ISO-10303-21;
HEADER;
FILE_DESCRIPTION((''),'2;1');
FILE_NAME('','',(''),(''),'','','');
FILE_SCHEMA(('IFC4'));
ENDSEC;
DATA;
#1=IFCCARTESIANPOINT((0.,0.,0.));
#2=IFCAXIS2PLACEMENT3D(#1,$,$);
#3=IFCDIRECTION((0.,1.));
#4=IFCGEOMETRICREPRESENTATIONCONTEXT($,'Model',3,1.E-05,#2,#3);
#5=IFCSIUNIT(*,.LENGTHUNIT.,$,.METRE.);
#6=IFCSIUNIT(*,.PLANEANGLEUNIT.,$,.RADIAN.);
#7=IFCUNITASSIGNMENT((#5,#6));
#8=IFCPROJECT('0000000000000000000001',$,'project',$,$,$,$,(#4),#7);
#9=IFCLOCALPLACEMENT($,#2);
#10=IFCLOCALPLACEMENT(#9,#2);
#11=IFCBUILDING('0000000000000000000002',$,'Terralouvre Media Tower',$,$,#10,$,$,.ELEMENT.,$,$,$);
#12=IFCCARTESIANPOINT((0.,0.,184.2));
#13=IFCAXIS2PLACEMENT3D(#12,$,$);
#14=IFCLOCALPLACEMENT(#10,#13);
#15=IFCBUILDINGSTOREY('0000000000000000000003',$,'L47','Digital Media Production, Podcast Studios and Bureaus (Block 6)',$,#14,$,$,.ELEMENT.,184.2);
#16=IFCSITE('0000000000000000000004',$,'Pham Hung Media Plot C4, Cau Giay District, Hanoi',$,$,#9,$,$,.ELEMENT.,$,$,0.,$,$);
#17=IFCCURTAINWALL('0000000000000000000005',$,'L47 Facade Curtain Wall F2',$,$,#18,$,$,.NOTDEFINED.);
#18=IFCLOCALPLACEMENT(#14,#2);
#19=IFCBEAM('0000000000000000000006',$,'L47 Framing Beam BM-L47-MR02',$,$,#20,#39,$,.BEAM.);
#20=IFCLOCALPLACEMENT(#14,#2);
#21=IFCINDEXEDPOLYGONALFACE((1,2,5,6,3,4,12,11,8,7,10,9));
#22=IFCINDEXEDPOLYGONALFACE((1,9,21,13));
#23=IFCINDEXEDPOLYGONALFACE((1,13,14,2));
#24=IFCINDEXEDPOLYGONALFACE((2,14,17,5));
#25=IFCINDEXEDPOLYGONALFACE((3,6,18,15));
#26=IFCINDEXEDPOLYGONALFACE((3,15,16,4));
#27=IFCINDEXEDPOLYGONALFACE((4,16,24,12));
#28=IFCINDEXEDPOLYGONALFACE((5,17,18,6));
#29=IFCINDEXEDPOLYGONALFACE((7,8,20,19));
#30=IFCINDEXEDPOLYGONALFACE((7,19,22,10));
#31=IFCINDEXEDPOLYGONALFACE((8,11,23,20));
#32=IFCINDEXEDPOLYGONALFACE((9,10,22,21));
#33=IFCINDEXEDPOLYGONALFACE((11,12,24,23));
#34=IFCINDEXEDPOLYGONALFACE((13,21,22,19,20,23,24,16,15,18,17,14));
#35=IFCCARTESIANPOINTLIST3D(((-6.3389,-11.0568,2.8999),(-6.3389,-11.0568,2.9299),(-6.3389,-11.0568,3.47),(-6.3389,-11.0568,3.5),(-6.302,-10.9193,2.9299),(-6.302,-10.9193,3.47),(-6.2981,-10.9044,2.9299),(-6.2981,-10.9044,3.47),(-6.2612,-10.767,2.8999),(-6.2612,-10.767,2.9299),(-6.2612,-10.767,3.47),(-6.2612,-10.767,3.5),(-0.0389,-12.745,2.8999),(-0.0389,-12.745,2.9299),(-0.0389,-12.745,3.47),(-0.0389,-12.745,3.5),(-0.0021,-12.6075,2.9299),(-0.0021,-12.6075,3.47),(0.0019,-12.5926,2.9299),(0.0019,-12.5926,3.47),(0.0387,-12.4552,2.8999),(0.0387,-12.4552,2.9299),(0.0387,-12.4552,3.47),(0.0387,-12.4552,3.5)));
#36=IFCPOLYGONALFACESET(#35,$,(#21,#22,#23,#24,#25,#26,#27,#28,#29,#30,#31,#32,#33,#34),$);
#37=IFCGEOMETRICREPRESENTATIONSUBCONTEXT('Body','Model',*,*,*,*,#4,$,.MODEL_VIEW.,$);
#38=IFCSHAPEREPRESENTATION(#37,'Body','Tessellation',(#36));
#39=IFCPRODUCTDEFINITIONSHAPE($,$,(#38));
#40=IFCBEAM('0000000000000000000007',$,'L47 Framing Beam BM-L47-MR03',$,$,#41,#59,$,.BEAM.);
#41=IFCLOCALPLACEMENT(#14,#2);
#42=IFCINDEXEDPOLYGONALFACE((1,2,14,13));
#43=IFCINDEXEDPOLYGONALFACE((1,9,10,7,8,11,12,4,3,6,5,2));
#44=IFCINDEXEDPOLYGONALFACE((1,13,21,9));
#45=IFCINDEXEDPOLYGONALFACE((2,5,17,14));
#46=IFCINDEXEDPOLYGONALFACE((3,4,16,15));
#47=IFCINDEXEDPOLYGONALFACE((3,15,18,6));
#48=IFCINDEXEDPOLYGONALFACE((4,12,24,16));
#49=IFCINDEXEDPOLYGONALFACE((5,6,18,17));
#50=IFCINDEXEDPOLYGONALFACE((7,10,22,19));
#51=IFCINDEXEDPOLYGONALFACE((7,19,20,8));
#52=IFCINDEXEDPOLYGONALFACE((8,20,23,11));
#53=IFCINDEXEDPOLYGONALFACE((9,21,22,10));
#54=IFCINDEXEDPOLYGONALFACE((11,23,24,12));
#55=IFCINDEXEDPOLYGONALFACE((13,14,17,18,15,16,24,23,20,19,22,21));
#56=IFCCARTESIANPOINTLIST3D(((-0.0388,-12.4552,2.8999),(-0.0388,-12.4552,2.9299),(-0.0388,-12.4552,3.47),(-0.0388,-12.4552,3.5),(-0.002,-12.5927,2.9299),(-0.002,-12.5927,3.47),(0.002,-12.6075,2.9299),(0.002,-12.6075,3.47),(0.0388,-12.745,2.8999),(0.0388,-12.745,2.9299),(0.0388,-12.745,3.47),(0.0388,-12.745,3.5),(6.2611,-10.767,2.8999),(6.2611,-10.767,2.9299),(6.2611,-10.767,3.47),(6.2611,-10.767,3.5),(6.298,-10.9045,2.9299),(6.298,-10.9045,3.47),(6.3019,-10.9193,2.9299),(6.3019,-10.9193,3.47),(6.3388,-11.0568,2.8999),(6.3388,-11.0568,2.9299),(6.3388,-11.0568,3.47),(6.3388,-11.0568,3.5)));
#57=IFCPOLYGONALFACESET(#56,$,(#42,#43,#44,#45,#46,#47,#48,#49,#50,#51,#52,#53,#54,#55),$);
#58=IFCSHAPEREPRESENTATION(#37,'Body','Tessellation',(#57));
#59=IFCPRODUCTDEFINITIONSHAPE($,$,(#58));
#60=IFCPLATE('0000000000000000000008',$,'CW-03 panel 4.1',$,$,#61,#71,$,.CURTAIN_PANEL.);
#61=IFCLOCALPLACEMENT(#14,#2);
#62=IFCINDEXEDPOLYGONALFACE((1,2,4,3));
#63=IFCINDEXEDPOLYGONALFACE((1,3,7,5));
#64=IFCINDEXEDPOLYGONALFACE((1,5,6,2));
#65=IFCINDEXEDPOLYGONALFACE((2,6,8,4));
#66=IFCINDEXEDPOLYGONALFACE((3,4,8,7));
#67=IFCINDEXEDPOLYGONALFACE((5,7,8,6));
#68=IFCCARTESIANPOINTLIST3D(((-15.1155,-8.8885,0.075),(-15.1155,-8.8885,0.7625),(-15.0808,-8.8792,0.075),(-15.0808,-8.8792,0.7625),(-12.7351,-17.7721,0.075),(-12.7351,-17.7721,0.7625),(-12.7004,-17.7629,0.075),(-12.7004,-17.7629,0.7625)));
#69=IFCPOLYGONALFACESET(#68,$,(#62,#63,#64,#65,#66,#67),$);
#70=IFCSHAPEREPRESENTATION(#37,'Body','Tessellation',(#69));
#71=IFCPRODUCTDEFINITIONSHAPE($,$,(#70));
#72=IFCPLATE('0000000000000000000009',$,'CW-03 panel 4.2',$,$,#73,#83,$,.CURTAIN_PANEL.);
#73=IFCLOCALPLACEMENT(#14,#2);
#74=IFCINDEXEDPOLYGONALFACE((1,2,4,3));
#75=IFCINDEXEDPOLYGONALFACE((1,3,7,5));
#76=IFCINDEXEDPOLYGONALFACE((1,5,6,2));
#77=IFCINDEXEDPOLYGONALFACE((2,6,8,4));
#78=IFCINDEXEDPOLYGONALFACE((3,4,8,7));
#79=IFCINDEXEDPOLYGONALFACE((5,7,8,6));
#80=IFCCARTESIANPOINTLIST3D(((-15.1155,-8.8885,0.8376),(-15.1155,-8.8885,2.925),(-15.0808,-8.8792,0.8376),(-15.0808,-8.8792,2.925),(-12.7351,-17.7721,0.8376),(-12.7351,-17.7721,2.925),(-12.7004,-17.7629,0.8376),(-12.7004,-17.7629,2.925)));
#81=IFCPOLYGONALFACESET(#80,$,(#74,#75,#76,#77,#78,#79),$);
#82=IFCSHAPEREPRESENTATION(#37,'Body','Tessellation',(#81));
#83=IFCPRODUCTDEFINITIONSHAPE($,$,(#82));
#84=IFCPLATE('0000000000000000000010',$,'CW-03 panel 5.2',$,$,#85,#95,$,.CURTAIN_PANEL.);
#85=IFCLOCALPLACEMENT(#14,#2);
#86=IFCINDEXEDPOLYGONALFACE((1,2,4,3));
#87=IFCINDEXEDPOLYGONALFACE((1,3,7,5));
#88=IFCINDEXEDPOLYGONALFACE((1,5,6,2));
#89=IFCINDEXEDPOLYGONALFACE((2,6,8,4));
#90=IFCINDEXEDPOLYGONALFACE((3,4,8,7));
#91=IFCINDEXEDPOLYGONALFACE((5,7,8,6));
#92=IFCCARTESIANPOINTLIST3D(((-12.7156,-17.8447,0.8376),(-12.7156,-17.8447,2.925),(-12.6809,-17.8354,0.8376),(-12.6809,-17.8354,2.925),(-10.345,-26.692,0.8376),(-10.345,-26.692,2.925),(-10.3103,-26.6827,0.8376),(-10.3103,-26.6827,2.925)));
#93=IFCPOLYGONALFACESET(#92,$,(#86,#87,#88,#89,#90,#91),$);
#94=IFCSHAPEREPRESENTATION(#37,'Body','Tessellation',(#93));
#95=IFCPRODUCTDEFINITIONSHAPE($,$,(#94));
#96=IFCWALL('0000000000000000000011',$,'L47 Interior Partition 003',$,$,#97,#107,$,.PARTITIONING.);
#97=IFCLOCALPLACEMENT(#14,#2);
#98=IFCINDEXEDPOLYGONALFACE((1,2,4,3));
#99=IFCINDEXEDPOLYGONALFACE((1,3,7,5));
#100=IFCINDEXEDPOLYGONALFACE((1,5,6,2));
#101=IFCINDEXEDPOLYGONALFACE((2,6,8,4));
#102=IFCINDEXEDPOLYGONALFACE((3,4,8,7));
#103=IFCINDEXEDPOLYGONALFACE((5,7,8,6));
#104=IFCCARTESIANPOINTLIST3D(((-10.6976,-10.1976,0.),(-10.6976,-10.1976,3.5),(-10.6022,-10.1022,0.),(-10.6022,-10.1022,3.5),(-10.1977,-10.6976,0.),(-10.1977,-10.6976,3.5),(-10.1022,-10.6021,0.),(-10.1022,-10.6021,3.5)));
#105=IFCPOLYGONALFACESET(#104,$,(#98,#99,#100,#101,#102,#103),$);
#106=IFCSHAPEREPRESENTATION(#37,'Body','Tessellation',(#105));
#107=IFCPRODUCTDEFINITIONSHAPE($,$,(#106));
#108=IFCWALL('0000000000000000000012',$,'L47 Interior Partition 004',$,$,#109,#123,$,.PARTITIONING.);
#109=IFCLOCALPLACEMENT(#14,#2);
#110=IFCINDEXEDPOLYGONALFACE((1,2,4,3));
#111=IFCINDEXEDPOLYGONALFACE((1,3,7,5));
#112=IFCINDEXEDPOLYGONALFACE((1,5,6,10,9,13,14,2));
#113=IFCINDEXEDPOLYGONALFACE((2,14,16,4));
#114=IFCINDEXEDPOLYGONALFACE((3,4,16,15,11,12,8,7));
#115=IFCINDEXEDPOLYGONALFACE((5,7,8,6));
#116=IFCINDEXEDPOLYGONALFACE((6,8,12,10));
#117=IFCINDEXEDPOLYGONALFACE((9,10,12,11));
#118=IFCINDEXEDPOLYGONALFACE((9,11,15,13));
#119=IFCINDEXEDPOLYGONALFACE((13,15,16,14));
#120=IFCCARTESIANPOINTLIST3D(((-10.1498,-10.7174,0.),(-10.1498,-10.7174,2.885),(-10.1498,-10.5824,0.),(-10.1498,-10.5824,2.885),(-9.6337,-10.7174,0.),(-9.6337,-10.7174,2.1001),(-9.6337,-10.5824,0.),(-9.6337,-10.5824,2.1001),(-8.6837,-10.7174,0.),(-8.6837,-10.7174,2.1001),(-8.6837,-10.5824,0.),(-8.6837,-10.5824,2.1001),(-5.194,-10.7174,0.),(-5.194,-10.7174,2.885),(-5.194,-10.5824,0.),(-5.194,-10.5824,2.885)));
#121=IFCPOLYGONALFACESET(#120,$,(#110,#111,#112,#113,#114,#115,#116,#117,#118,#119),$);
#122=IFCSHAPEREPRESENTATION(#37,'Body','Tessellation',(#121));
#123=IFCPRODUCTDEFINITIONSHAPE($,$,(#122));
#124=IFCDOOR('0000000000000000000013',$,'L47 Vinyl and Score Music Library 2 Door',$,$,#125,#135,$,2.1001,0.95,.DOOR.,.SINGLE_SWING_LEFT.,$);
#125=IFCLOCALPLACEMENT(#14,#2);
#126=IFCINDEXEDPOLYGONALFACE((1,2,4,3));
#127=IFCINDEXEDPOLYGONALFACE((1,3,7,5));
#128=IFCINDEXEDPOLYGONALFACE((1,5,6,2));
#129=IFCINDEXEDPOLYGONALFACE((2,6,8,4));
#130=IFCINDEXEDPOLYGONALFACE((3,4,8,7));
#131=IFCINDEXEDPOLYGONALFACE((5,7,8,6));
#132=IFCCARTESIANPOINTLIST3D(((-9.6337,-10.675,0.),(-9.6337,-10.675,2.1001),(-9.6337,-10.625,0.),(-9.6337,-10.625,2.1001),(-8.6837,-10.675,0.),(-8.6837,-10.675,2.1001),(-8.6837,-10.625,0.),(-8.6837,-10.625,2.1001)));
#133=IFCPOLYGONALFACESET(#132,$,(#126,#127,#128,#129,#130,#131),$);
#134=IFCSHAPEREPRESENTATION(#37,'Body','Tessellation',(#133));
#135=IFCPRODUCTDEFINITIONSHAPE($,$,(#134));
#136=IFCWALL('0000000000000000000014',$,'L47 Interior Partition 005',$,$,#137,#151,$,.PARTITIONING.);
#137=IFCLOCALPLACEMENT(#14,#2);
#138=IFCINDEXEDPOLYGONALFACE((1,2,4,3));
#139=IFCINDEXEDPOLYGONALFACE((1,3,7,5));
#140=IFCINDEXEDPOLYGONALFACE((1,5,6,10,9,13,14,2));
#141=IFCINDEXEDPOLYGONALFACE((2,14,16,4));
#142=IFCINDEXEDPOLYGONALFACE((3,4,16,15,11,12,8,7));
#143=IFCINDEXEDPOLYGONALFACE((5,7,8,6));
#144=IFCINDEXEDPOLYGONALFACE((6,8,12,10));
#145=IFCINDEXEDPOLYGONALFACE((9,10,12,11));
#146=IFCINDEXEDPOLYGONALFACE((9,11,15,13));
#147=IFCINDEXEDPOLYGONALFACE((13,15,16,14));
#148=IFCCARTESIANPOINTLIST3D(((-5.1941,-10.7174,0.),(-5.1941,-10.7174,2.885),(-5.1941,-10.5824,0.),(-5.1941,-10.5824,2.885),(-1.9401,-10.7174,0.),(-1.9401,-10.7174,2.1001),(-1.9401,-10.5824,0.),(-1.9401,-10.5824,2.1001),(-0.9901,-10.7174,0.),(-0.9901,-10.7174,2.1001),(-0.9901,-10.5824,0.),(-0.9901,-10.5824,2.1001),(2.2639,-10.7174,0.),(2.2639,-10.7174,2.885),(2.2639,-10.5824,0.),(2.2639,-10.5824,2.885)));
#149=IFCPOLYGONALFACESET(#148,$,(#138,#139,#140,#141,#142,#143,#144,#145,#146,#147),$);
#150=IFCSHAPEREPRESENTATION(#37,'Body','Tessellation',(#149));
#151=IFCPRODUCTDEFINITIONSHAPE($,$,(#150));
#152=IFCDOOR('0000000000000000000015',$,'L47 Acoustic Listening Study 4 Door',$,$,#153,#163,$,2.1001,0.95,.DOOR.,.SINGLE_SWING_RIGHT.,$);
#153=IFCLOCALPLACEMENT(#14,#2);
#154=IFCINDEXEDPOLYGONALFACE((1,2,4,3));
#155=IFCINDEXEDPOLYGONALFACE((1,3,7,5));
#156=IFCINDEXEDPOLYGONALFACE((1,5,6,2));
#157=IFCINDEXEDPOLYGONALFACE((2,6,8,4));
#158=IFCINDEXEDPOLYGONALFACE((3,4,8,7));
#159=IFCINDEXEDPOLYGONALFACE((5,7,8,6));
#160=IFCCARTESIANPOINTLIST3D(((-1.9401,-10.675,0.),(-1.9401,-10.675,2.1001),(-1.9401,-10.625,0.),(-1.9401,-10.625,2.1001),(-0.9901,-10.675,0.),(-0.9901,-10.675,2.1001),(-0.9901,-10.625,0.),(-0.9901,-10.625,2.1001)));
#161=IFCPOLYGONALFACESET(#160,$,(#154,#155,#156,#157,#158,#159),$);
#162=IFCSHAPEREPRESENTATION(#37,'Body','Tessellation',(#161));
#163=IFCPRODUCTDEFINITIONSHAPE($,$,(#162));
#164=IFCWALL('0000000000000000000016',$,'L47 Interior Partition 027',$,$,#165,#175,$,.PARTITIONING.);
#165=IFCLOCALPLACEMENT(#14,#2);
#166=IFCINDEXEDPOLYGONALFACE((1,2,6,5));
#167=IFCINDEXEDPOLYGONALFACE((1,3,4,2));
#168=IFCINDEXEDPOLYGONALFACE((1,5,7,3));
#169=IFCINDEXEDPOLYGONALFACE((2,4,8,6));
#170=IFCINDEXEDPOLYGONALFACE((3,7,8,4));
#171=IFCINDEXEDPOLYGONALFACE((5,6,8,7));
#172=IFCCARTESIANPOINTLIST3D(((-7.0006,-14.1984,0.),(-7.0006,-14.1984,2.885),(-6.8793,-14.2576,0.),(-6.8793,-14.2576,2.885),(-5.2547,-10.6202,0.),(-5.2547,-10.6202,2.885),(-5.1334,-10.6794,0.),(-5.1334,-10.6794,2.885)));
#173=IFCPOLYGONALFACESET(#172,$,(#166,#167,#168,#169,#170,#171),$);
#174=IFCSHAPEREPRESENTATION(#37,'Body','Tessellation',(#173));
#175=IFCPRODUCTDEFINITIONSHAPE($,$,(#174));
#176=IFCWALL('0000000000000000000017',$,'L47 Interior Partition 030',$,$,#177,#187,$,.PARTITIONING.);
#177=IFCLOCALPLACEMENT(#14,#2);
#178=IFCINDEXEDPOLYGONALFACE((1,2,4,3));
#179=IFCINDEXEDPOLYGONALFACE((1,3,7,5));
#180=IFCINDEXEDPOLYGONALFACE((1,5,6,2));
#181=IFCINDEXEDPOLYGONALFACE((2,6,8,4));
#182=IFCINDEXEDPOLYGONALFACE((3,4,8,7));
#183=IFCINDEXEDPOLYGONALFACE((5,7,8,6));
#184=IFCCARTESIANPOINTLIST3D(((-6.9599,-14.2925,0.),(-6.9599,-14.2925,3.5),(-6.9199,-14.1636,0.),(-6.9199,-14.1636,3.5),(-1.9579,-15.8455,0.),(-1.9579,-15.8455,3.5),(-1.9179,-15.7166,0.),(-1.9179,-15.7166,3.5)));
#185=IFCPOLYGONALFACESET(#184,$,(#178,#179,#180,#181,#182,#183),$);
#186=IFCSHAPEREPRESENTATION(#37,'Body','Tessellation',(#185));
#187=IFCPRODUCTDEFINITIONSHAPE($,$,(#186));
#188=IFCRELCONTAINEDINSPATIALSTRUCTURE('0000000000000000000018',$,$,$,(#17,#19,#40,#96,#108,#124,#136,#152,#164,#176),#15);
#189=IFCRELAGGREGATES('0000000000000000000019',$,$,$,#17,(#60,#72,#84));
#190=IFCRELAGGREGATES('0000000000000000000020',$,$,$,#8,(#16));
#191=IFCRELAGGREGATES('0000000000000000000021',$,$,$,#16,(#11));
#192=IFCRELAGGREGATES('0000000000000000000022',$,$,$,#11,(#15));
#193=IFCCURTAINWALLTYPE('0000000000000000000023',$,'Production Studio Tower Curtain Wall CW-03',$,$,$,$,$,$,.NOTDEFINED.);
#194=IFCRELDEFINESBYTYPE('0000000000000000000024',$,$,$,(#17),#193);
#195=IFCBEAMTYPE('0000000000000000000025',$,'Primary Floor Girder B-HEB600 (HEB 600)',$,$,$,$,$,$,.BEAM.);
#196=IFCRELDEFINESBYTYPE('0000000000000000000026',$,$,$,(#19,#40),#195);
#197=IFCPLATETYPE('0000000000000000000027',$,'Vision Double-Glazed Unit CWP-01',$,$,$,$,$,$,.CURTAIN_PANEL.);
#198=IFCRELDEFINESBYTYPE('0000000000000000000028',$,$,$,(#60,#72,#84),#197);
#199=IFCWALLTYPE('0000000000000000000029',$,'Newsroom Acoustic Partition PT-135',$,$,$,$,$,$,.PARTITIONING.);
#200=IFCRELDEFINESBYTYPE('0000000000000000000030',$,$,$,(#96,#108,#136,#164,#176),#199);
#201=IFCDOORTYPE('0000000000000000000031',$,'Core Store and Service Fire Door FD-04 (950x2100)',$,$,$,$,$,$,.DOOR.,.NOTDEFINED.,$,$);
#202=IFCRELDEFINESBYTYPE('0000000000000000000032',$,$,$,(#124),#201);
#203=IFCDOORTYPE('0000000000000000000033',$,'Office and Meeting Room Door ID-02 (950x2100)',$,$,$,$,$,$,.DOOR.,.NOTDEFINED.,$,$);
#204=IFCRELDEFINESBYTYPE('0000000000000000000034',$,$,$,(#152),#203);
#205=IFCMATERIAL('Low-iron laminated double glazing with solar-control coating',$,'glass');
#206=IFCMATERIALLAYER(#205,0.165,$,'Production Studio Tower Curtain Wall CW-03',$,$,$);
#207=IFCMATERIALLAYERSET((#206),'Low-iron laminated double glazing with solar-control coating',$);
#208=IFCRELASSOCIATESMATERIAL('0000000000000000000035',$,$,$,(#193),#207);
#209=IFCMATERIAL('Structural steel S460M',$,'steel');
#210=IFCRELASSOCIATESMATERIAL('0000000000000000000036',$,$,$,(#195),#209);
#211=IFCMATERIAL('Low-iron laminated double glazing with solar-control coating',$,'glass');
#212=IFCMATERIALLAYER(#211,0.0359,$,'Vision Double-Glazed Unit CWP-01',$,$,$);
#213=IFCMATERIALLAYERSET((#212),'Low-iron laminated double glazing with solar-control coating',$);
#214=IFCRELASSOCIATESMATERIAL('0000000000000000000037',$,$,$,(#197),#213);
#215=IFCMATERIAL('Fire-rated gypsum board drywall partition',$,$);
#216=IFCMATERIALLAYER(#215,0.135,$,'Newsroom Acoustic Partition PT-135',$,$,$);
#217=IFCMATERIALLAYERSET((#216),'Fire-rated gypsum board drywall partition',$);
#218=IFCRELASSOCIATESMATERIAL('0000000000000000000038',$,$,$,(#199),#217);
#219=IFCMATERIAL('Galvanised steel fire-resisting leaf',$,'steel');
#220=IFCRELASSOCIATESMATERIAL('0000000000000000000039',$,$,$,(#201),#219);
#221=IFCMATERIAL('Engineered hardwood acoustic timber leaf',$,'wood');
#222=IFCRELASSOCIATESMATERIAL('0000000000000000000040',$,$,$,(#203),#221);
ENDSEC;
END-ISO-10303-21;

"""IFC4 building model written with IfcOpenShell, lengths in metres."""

from ifc_helpers import new_model, si_unit, direction, frame, frame_2d, origin, origin_2d, place, context, subcontext, project, spatial, rectangle, i_section, extrude, material, layer, layer_set, material_profile, profile_set, type_object, element, fill, aggregate, save


model = new_model("IFC4")

# Units and contexts
model_context = context("Model", 3, precision=1e-05, world=origin(), true_north=direction((0.0, 1.0)))
body_context = subcontext(model_context, "Body", "Model", "MODEL_VIEW")
ifc_project = project(units=[si_unit("LENGTHUNIT", "METRE"), si_unit("PLANEANGLEUNIT", "RADIAN")], contexts=[model_context])

# Site, building, storey
site_placement = place(None, origin())
site = spatial("IfcSite", under=ifc_project, at=site_placement, Name="Pham Hung Media Plot C4, Cau Giay District, Hanoi", CompositionType="ELEMENT", RefElevation=0.0)
building_placement = place(site_placement, origin())
building = spatial("IfcBuilding", under=site, at=building_placement, Name="Terralouvre Media Tower", CompositionType="ELEMENT")
storey_placement = place(building_placement, frame((0.0, 0.0, 184.2)))
storey = spatial("IfcBuildingStorey", under=building, at=storey_placement, Name="L47", Description="Digital Media Production, Podcast Studios and Bureaus (Block 6)", CompositionType="ELEMENT", Elevation=184.2)

# Curtain wall
ifc_material_1 = material(Name="Low-iron laminated double glazing with solar-control coating", Category="glass")
ifc_layer_1 = layer(ifc_material_1, 0.165, Name="Production Studio Tower Curtain Wall CW-03")
ifc_layer_set_1 = layer_set([ifc_layer_1], Name="Low-iron laminated double glazing with solar-control coating")
curtain_wall_type = type_object("IfcCurtainWallType", Name="Production Studio Tower Curtain Wall CW-03", PredefinedType="NOTDEFINED", material=ifc_layer_set_1)
curtain_wall_placement = place(storey_placement, origin())
curtain_wall = element("IfcCurtainWall", 1, at=curtain_wall_placement, inside=storey, type_object=curtain_wall_type, Name="L47 Facade Curtain Wall F2", PredefinedType="NOTDEFINED")

# Beams
ifc_material_2 = material(Name="Structural steel S460M", Category="steel")
ifc_material_profile_1 = material_profile(ifc_material_2, i_section(OverallWidth=0.3, OverallDepth=0.6001, WebThickness=0.0154, FlangeThickness=0.03, at=origin_2d()), Name="HEB 600")
ifc_profile_set_1 = profile_set([ifc_material_profile_1], Name="Structural steel S460M")
beam_type_1 = type_object("IfcBeamType", Name="Primary Floor Girder B-HEB600 (HEB 600)", PredefinedType="BEAM", material=ifc_profile_set_1)
for number, where, z_axis, x_axis, name in (
    (2, (-6.3, -10.9119, 3.2), (0.96592, -0.258839, 0.0), (0.258839, 0.96592, 0.0), "L47 Framing Beam BM-L47-MR02"),
    (3, (0.0, -12.6001, 3.2), (0.96592, 0.258839, 0.0), (-0.258839, 0.96592, 0.0), "L47 Framing Beam BM-L47-MR03"),
):
    element("IfcBeam", number, at=place(storey_placement, frame(where, z_axis=z_axis, x_axis=x_axis)), inside=storey, type_object=beam_type_1, Name=name, PredefinedType="BEAM", context=body_context, shape_type="SweptSolid", body=[
        extrude(i_section(OverallWidth=0.3, OverallDepth=0.6001, WebThickness=0.0154, FlangeThickness=0.03, at=origin_2d()), origin(), (0.0, 0.0, 1.0), 6.5222),
    ])

# Plates
ifc_material_3 = material(Name="Low-iron laminated double glazing with solar-control coating", Category="glass")
ifc_layer_2 = layer(ifc_material_3, 0.0359, Name="Vision Double-Glazed Unit CWP-01")
ifc_layer_set_2 = layer_set([ifc_layer_2], Name="Low-iron laminated double glazing with solar-control coating")
plate_type = type_object("IfcPlateType", Name="Vision Double-Glazed Unit CWP-01", PredefinedType="CURTAIN_PANEL", material=ifc_layer_set_2)
plate_1_placement = place(storey_placement, frame((-13.908, -13.3257, 0.075), z_axis=(0.0, 0.0, 1.0), x_axis=(0.258819, -0.965926, 0.0)))
plate_1 = element("IfcPlate", 4, at=plate_1_placement, type_object=plate_type, Name="CW-03 panel 4.1", PredefinedType="CURTAIN_PANEL", context=body_context, shape_type="SweptSolid", body=[
    extrude(rectangle(XDim=9.197, YDim=0.0359, at=origin_2d()), origin(), (0.0, 0.0, 1.0), 0.6875),
])
plate_2_placement = place(storey_placement, frame((-13.908, -13.3257, 0.8376), z_axis=(0.0, 0.0, 1.0), x_axis=(0.258819, -0.965926, 0.0)))
plate_2 = element("IfcPlate", 5, at=plate_2_placement, type_object=plate_type, Name="CW-03 panel 4.2", PredefinedType="CURTAIN_PANEL", context=body_context, shape_type="SweptSolid", body=[
    extrude(rectangle(XDim=9.197, YDim=0.0359, at=origin_2d()), origin(), (0.0, 0.0, 1.0), 2.0874),
])
plate_3_placement = place(storey_placement, frame((-11.5129, -22.2637, 0.8376), z_axis=(0.0, 0.0, 1.0), x_axis=(0.258819, -0.965926, 0.0)))
plate_3 = element("IfcPlate", 6, at=plate_3_placement, type_object=plate_type, Name="CW-03 panel 5.2", PredefinedType="CURTAIN_PANEL", context=body_context, shape_type="SweptSolid", body=[
    extrude(rectangle(XDim=9.1594, YDim=0.0359, at=origin_2d()), origin(), (0.0, 0.0, 1.0), 2.0874),
])
aggregate(curtain_wall, [plate_1, plate_2, plate_3])

# Wall
ifc_material_4 = material(Name="Fire-rated gypsum board drywall partition")
ifc_layer_3 = layer(ifc_material_4, 0.135, Name="Newsroom Acoustic Partition PT-135")
ifc_layer_set_3 = layer_set([ifc_layer_3], Name="Fire-rated gypsum board drywall partition")
wall_type = type_object("IfcWallType", Name="Newsroom Acoustic Partition PT-135", PredefinedType="PARTITIONING", material=ifc_layer_set_3)
wall_1_placement = place(storey_placement, frame((-10.6499, -10.1499, 0.0), z_axis=(0.0, 0.0, 1.0), x_axis=(0.707107, -0.707107, 0.0)))
element("IfcWall", 7, at=wall_1_placement, inside=storey, type_object=wall_type, Name="L47 Interior Partition 003", PredefinedType="PARTITIONING", context=body_context, shape_type="SweptSolid", body=[
    extrude(rectangle(XDim=0.707, YDim=0.135, at=frame_2d((0.3535, 0.0))), origin(), (0.0, 0.0, 1.0), 3.5),
])

# Walls, openings, doors
wall_2_placement = place(storey_placement, frame((-10.1499, -10.6499, 0.0), z_axis=(0.0, 0.0, 1.0), x_axis=(1.0, 0.0, 0.0)))
wall_2 = element("IfcWall", 8, at=wall_2_placement, inside=storey, type_object=wall_type, Name="L47 Interior Partition 004", PredefinedType="PARTITIONING", context=body_context, shape_type="SweptSolid", body=[
    extrude(rectangle(XDim=4.9558, YDim=0.135, at=frame_2d((2.478, 0.0))), origin(), (0.0, 0.0, 1.0), 2.885),
])
opening_1_placement = place(wall_2_placement, frame((0.5161, 0.0, 0.0)))
opening_1 = element("IfcOpeningElement", 9, at=opening_1_placement, cuts=wall_2, PredefinedType="OPENING", context=body_context, shape_type="SweptSolid", body=[
    extrude(rectangle(XDim=0.95, YDim=2.1001, at=frame_2d((0.4751, 1.05))), frame((0.0, 0.0774, 0.0), z_axis=(0.0, -1.0, 0.0), x_axis=(1.0, 0.0, 0.0)), (0.0, 0.0, 1.0), 0.155),
])
ifc_material_5 = material(Name="Galvanised steel fire-resisting leaf", Category="steel")
door_type_1 = type_object("IfcDoorType", Name="Core Store and Service Fire Door FD-04 (950x2100)", OperationType="NOTDEFINED", PredefinedType="DOOR", material=ifc_material_5)
door_1_placement = place(opening_1_placement, origin())
door_1 = element("IfcDoor", 10, at=door_1_placement, inside=storey, type_object=door_type_1, Name="L47 Vinyl and Score Music Library 2 Door", OperationType="SINGLE_SWING_LEFT", OverallHeight=2.1001, OverallWidth=0.95, PredefinedType="DOOR", context=body_context, shape_type="SweptSolid", body=[
    extrude(rectangle(XDim=0.95, YDim=2.1001, at=frame_2d((0.4751, 1.05))), frame((0.0, 0.0249, 0.0), z_axis=(0.0, -1.0, 0.0), x_axis=(1.0, 0.0, 0.0)), (0.0, 0.0, 1.0), 0.05),
])
fill(opening_1, door_1)
wall_3_placement = place(storey_placement, frame((-5.1941, -10.6499, 0.0), z_axis=(0.0, 0.0, 1.0), x_axis=(1.0, 0.0, 0.0)))
wall_3 = element("IfcWall", 11, at=wall_3_placement, inside=storey, type_object=wall_type, Name="L47 Interior Partition 005", PredefinedType="PARTITIONING", context=body_context, shape_type="SweptSolid", body=[
    extrude(rectangle(XDim=7.458, YDim=0.135, at=frame_2d((3.729, 0.0))), origin(), (0.0, 0.0, 1.0), 2.885),
])
opening_2_placement = place(wall_3_placement, frame((3.2539, 0.0, 0.0)))
opening_2 = element("IfcOpeningElement", 12, at=opening_2_placement, cuts=wall_3, PredefinedType="OPENING", context=body_context, shape_type="SweptSolid", body=[
    extrude(rectangle(XDim=0.95, YDim=2.1001, at=frame_2d((0.4751, 1.05))), frame((0.0, 0.0774, 0.0), z_axis=(0.0, -1.0, 0.0), x_axis=(1.0, 0.0, 0.0)), (0.0, 0.0, 1.0), 0.155),
])
ifc_material_6 = material(Name="Engineered hardwood acoustic timber leaf", Category="wood")
door_type_2 = type_object("IfcDoorType", Name="Office and Meeting Room Door ID-02 (950x2100)", OperationType="NOTDEFINED", PredefinedType="DOOR", material=ifc_material_6)
door_2_placement = place(opening_2_placement, origin())
door_2 = element("IfcDoor", 13, at=door_2_placement, inside=storey, type_object=door_type_2, Name="L47 Acoustic Listening Study 4 Door", OperationType="SINGLE_SWING_RIGHT", OverallHeight=2.1001, OverallWidth=0.95, PredefinedType="DOOR", context=body_context, shape_type="SweptSolid", body=[
    extrude(rectangle(XDim=0.95, YDim=2.1001, at=frame_2d((0.4751, 1.05))), frame((0.0, 0.0249, 0.0), z_axis=(0.0, -1.0, 0.0), x_axis=(1.0, 0.0, 0.0)), (0.0, 0.0, 1.0), 0.05),
])
fill(opening_2, door_2)

# Walls
wall_4_placement = place(storey_placement, frame((-6.9399, -14.228, 0.0), z_axis=(0.0, 0.0, 1.0), x_axis=(0.438509, 0.898727, 0.0)))
element("IfcWall", 14, at=wall_4_placement, inside=storey, type_object=wall_type, Name="L47 Interior Partition 027", PredefinedType="PARTITIONING", context=body_context, shape_type="SweptSolid", body=[
    extrude(rectangle(XDim=3.9814, YDim=0.135, at=frame_2d((1.9907, 0.0))), origin(), (0.0, 0.0, 1.0), 2.885),
])
wall_5_placement = place(storey_placement, frame((-1.938, -15.781, 0.0), z_axis=(0.0, 0.0, 1.0), x_axis=(-0.955029, 0.296512, 0.0)))
element("IfcWall", 15, at=wall_5_placement, inside=storey, type_object=wall_type, Name="L47 Interior Partition 030", PredefinedType="PARTITIONING", context=body_context, shape_type="SweptSolid", body=[
    extrude(rectangle(XDim=5.2375, YDim=0.135, at=frame_2d((2.6187, 0.0))), origin(), (0.0, 0.0, 1.0), 3.5),
])

save(model, "model.ifc")
